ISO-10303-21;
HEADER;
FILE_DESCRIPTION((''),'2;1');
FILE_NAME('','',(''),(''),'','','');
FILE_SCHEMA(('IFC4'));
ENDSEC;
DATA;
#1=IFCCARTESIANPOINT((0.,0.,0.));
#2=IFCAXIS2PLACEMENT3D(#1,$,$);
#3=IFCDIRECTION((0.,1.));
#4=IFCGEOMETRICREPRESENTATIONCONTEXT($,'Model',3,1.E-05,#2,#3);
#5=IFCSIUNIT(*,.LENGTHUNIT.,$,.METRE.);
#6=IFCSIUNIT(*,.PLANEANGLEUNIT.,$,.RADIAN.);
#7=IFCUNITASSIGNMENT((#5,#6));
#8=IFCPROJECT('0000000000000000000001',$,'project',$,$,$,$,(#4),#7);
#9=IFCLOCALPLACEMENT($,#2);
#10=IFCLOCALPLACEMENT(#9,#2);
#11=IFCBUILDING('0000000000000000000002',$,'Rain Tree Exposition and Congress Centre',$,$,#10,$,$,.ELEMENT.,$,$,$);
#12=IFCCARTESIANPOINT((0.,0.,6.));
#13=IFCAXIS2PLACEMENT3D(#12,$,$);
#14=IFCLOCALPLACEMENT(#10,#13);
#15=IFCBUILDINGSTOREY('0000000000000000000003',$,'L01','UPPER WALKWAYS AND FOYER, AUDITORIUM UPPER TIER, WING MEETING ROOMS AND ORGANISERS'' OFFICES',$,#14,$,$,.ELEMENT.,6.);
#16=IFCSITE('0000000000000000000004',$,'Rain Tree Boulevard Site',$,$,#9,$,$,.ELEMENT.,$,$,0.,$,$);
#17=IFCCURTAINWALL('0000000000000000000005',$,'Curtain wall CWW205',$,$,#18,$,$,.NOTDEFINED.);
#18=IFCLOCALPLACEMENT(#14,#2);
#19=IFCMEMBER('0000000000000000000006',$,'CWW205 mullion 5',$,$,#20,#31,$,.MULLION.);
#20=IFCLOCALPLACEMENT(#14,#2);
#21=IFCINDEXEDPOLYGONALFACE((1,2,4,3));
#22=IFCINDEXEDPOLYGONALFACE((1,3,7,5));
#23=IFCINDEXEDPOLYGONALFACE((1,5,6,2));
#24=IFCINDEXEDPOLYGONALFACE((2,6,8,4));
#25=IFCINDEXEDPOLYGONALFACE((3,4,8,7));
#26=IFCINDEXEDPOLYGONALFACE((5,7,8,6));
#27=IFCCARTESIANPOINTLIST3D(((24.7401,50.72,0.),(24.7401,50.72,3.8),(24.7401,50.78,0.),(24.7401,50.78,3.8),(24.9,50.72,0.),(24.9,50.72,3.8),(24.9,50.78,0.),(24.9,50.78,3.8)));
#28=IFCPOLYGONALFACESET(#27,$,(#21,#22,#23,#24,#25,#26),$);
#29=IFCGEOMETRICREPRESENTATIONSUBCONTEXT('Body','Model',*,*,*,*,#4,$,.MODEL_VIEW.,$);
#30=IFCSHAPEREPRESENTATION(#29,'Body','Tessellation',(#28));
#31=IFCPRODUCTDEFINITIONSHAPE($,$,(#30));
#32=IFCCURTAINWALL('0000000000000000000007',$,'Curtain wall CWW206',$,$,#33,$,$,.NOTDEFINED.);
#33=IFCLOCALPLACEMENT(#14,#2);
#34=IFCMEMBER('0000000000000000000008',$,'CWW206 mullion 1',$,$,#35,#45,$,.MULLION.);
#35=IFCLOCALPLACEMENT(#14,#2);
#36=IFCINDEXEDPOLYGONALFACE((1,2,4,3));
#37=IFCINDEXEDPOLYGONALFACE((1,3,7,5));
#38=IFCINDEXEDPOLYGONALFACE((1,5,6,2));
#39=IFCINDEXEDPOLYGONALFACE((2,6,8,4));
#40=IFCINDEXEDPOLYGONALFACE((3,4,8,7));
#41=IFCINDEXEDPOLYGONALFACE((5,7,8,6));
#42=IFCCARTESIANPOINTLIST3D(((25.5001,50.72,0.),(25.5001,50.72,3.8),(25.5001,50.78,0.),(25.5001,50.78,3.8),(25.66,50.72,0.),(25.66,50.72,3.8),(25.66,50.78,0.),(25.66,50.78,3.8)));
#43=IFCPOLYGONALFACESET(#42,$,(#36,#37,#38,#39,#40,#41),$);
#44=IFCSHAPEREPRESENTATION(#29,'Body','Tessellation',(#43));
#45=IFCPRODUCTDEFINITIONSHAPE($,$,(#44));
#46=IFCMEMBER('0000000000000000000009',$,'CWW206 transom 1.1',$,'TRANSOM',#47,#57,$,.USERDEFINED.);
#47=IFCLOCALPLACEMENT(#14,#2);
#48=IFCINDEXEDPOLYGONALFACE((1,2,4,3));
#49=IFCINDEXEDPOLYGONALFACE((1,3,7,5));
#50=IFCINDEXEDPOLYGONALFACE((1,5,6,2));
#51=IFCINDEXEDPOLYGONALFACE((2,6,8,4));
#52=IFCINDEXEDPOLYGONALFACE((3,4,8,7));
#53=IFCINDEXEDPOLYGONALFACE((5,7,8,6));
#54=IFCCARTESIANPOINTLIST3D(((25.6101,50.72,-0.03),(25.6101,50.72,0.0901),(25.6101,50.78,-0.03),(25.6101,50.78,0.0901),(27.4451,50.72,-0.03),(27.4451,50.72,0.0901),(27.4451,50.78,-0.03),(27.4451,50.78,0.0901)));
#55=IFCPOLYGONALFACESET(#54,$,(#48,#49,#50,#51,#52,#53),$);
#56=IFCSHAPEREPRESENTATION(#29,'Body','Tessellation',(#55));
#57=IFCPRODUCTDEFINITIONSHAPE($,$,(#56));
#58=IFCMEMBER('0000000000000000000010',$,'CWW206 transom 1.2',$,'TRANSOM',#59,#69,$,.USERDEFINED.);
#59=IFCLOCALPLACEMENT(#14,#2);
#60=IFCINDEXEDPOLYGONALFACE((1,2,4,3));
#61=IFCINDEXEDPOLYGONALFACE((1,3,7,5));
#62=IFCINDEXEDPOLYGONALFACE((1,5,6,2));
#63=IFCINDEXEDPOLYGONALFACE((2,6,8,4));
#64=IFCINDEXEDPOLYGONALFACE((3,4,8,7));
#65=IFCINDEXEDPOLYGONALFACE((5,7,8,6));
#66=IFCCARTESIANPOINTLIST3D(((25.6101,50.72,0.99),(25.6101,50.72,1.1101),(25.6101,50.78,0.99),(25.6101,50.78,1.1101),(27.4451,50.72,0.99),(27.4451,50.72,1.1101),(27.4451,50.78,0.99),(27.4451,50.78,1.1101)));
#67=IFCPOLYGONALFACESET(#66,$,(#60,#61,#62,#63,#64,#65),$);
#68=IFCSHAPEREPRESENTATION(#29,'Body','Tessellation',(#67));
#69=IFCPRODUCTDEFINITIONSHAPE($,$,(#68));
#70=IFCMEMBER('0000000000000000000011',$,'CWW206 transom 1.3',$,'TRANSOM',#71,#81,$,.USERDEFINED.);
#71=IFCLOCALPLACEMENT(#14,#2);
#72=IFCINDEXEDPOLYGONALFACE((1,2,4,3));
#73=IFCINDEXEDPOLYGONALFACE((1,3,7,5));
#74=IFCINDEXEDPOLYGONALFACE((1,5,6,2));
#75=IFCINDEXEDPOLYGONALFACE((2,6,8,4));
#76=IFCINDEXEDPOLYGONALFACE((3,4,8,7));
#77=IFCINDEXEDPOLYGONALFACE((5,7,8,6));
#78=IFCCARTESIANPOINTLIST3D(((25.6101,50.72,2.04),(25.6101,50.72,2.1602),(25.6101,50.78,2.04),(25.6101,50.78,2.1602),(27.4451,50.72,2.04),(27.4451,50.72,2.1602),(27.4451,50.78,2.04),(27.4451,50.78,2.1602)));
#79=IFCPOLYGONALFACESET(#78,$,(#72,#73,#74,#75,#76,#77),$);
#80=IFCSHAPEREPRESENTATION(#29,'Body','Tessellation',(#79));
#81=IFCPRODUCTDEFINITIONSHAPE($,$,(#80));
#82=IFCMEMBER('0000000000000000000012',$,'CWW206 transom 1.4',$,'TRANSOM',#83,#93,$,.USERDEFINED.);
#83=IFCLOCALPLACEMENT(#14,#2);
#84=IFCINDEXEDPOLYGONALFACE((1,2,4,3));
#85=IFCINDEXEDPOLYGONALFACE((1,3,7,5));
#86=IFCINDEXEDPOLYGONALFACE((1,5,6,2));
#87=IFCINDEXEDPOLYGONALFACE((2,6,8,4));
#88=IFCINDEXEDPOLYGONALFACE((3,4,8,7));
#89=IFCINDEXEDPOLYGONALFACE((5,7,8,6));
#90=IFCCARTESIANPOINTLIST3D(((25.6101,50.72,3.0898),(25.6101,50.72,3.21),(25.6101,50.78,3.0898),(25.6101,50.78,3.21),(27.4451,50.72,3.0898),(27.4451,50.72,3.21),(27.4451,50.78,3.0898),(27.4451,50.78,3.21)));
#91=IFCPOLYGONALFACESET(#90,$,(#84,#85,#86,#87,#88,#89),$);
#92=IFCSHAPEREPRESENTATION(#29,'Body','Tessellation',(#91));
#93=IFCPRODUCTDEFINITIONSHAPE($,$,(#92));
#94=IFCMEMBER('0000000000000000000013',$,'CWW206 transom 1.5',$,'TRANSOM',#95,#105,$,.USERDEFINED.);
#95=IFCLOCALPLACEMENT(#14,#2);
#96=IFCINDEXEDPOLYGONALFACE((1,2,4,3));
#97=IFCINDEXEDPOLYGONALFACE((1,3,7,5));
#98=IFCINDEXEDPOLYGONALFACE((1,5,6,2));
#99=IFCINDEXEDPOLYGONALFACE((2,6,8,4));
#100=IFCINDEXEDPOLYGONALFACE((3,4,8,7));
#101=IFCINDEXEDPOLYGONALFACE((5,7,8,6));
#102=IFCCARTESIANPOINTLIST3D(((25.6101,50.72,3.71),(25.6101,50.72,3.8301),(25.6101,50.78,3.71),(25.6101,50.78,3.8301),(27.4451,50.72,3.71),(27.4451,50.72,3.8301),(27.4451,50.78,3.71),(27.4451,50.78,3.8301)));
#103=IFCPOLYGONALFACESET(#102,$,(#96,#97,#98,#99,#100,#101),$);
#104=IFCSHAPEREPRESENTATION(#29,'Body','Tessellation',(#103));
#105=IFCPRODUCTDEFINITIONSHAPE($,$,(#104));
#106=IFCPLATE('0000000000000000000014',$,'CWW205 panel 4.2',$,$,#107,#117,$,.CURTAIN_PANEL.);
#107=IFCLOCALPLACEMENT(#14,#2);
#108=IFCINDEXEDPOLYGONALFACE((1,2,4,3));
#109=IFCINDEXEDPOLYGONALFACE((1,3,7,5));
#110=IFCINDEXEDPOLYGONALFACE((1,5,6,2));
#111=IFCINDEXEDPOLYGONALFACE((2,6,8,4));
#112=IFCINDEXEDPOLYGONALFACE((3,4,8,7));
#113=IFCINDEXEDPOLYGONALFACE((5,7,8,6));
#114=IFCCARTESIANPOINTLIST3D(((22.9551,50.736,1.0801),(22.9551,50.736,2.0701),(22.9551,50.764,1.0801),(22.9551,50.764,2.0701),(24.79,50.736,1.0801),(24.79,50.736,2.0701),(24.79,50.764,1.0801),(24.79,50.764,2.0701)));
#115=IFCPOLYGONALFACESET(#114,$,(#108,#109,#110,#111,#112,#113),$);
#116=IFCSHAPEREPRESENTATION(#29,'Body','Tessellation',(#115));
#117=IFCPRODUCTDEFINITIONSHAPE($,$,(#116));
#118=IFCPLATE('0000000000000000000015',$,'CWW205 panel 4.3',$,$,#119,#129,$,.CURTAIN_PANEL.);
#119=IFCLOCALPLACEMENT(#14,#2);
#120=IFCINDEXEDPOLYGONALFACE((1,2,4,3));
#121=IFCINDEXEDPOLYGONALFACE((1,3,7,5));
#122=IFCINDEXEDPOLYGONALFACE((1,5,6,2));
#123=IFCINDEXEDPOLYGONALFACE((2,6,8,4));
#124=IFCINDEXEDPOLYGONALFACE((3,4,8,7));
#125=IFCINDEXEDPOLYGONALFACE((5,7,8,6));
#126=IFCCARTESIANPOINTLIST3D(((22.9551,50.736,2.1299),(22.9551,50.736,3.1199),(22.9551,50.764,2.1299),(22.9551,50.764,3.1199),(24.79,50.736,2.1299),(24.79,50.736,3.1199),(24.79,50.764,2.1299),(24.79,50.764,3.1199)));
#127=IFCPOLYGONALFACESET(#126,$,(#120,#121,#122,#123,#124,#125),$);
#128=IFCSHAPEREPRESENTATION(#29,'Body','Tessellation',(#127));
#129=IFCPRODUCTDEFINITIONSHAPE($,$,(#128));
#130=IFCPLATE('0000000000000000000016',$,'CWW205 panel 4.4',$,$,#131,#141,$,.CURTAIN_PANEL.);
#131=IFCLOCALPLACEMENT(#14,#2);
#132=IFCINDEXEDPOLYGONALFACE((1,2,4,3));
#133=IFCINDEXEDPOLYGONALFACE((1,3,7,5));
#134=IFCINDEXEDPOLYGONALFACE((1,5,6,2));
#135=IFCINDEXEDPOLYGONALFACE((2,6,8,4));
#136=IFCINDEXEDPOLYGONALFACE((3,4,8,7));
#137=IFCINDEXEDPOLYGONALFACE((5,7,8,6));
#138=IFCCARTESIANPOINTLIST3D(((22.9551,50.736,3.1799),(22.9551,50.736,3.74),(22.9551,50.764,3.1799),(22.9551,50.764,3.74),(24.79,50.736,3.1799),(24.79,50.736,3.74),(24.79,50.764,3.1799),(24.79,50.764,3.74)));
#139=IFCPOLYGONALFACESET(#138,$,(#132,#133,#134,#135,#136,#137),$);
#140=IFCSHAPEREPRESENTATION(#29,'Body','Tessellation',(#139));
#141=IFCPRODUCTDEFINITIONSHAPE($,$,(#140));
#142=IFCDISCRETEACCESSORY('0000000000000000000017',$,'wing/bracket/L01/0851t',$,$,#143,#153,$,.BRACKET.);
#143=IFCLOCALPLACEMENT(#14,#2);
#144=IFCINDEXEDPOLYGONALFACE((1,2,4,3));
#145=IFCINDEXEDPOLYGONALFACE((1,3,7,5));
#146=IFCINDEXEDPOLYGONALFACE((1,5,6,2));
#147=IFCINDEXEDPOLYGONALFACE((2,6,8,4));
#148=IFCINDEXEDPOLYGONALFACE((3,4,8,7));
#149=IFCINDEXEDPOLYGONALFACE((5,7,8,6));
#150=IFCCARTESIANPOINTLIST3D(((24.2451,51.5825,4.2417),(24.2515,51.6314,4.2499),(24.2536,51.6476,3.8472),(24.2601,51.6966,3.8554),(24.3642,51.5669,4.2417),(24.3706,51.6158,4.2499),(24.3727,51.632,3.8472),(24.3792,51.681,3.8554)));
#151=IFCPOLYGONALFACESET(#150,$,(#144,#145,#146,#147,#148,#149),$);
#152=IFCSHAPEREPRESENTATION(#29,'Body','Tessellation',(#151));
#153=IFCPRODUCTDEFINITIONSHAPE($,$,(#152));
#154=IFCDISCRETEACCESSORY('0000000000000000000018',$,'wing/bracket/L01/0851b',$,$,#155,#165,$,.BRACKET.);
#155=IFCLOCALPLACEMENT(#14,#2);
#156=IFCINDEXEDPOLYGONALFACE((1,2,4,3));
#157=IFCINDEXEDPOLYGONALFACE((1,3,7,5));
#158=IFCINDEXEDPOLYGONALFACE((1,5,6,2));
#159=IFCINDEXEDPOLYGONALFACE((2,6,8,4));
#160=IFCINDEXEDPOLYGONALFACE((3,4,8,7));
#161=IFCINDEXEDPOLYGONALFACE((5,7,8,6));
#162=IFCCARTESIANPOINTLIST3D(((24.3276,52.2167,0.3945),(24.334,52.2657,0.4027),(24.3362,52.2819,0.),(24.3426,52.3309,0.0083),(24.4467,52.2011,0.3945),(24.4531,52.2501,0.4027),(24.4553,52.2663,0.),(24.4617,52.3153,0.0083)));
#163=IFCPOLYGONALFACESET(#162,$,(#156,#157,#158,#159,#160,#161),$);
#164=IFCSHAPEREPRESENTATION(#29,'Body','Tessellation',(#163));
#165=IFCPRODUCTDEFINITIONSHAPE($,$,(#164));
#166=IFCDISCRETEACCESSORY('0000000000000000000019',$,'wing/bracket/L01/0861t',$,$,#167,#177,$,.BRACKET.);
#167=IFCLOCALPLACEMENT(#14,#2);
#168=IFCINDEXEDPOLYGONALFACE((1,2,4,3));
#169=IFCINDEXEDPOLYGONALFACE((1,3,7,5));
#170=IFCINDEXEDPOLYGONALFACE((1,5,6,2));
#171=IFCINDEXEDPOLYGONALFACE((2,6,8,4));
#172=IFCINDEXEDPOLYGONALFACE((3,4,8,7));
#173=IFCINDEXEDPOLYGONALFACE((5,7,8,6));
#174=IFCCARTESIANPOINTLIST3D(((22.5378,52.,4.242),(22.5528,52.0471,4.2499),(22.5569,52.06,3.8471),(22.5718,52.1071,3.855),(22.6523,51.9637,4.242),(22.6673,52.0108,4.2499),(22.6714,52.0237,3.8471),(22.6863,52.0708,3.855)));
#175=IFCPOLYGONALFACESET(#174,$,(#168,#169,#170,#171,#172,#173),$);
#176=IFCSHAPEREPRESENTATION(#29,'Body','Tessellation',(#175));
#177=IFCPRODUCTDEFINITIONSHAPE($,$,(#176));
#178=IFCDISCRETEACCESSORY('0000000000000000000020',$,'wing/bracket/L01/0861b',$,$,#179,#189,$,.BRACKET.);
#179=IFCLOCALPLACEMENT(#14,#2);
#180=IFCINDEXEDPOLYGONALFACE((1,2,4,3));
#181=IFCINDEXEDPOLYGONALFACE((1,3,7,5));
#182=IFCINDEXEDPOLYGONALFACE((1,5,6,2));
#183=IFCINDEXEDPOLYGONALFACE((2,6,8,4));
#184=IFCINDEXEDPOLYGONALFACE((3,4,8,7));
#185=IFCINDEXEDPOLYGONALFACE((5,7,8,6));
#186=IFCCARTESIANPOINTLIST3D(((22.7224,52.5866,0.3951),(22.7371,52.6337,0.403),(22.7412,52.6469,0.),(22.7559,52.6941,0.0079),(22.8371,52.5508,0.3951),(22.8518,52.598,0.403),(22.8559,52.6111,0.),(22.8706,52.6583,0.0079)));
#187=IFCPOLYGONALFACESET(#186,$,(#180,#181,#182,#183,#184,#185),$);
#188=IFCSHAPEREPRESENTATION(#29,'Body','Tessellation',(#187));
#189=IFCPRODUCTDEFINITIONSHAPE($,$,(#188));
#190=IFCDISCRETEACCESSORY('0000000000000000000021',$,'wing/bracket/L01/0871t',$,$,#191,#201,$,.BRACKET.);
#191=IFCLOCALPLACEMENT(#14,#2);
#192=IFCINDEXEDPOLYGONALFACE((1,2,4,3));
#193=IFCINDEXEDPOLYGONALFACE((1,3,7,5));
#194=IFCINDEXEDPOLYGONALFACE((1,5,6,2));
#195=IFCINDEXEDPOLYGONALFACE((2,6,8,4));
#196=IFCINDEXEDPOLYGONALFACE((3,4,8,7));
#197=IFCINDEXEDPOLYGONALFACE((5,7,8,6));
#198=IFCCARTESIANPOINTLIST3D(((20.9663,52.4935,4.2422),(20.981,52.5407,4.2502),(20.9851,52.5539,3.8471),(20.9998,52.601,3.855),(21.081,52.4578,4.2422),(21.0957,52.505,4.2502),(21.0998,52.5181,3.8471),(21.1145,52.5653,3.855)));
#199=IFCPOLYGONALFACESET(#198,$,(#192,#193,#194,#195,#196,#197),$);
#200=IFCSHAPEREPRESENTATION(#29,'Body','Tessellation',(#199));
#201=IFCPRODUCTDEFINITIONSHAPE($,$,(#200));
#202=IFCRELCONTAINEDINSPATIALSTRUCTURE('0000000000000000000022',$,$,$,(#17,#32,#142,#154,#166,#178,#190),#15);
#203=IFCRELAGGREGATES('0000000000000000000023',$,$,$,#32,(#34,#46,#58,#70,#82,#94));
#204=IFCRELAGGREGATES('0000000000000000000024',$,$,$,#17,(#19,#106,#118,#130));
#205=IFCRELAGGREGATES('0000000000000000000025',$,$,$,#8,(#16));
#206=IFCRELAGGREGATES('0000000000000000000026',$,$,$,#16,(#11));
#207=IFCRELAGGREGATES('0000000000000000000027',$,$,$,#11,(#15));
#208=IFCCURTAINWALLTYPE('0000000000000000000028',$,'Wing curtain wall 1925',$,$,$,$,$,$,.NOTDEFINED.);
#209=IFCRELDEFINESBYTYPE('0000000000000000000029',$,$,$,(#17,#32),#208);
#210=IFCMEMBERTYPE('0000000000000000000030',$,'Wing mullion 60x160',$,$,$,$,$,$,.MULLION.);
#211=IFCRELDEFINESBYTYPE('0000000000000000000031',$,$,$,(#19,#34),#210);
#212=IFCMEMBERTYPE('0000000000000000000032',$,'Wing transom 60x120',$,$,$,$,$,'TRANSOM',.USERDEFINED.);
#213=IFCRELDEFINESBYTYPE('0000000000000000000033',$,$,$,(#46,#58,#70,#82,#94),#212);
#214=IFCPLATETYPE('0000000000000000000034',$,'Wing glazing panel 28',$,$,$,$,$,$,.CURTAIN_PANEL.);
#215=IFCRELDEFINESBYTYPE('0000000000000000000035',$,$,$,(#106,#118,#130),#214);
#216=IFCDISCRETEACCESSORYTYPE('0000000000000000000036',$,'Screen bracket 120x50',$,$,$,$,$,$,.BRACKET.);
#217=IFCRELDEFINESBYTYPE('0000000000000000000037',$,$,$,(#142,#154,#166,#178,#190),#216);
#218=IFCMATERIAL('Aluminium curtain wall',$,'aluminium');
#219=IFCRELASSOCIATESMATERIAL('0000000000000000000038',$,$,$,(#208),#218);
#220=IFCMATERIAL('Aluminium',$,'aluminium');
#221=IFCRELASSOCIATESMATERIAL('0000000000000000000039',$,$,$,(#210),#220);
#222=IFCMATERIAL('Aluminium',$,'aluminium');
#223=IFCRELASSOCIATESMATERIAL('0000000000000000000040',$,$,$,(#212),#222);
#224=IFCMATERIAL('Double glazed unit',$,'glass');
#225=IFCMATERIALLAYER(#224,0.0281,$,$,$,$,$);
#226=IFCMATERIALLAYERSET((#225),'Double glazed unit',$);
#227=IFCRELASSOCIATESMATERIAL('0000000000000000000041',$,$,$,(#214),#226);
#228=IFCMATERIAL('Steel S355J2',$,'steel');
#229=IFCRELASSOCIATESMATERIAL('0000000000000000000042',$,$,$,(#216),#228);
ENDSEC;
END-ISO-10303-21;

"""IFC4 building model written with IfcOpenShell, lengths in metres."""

from ifc_helpers import new_model, si_unit, direction, frame, origin, origin_2d, place, context, subcontext, project, spatial, rectangle, extrude, material, layer, layer_set, material_profile, profile_set, type_object, element, aggregate, save


model = new_model("IFC4")

# Units and contexts
model_context = context("Model", 3, precision=1e-05, world=origin(), true_north=direction((0.0, 1.0)))
body_context = subcontext(model_context, "Body", "Model", "MODEL_VIEW")
ifc_project = project(units=[si_unit("LENGTHUNIT", "METRE"), si_unit("PLANEANGLEUNIT", "RADIAN")], contexts=[model_context])

# Site, building, storey
site_placement = place(None, origin())
site = spatial("IfcSite", under=ifc_project, at=site_placement, Name="Rain Tree Boulevard Site", CompositionType="ELEMENT", RefElevation=0.0)
building_placement = place(site_placement, origin())
building = spatial("IfcBuilding", under=site, at=building_placement, Name="Rain Tree Exposition and Congress Centre", CompositionType="ELEMENT")
storey_placement = place(building_placement, frame((0.0, 0.0, 6.0)))
storey = spatial("IfcBuildingStorey", under=building, at=storey_placement, Name="L01", Description="UPPER WALKWAYS AND FOYER, AUDITORIUM UPPER TIER, WING MEETING ROOMS AND ORGANISERS' OFFICES", CompositionType="ELEMENT", Elevation=6.0)

# Curtain wall, member
ifc_material_1 = material(Name="Aluminium curtain wall", Category="aluminium")
curtain_wall_type = type_object("IfcCurtainWallType", Name="Wing curtain wall 1925", PredefinedType="NOTDEFINED", material=ifc_material_1)
curtain_wall_1_placement = place(storey_placement, origin())
curtain_wall_1 = element("IfcCurtainWall", 1, at=curtain_wall_1_placement, inside=storey, type_object=curtain_wall_type, Name="Curtain wall CWW205", PredefinedType="NOTDEFINED")
ifc_material_2 = material(Name="Aluminium", Category="aluminium")
ifc_material_profile_1 = material_profile(ifc_material_2, rectangle(XDim=0.0601, YDim=0.1599, at=origin_2d()), Name="Aluminium 60x160")
ifc_profile_set_1 = profile_set([ifc_material_profile_1], Name="Aluminium")
member_type_1 = type_object("IfcMemberType", Name="Wing mullion 60x160", PredefinedType="MULLION", material=ifc_profile_set_1)
member_1_placement = place(storey_placement, frame((24.8201, 50.75, 0.0), z_axis=(0.0, 0.0, 1.0), x_axis=(0.0, 1.0, 0.0)))
member_1 = element("IfcMember", 2, at=member_1_placement, type_object=member_type_1, Name="CWW205 mullion 5", PredefinedType="MULLION", context=body_context, shape_type="SweptSolid", body=[
    extrude(rectangle(XDim=0.0601, YDim=0.1599, at=origin_2d()), origin(), (0.0, 0.0, 1.0), 3.8),
])

# Curtain wall, members
curtain_wall_2_placement = place(storey_placement, origin())
curtain_wall_2 = element("IfcCurtainWall", 3, at=curtain_wall_2_placement, inside=storey, type_object=curtain_wall_type, Name="Curtain wall CWW206", PredefinedType="NOTDEFINED")
member_2_placement = place(storey_placement, frame((25.5801, 50.75, 0.0), z_axis=(0.0, 0.0, 1.0), x_axis=(0.0, 1.0, 0.0)))
member_2 = element("IfcMember", 4, at=member_2_placement, type_object=member_type_1, Name="CWW206 mullion 1", PredefinedType="MULLION", context=body_context, shape_type="SweptSolid", body=[
    extrude(rectangle(XDim=0.0601, YDim=0.1599, at=origin_2d()), origin(), (0.0, 0.0, 1.0), 3.8),
])
ifc_material_3 = material(Name="Aluminium", Category="aluminium")
ifc_material_profile_2 = material_profile(ifc_material_3, rectangle(XDim=0.0601, YDim=0.1201, at=origin_2d()), Name="Aluminium 60x120")
ifc_profile_set_2 = profile_set([ifc_material_profile_2], Name="Aluminium")
member_type_2 = type_object("IfcMemberType", Name="Wing transom 60x120", ElementType="TRANSOM", PredefinedType="USERDEFINED", material=ifc_profile_set_2)
member_3_placement = place(storey_placement, frame((25.6101, 50.75, 0.03), z_axis=(1.0, 0.0, 0.0), x_axis=(0.0, 1.0, 0.0)))
member_3 = element("IfcMember", 5, at=member_3_placement, type_object=member_type_2, Name="CWW206 transom 1.1", ObjectType="TRANSOM", PredefinedType="USERDEFINED", context=body_context, shape_type="SweptSolid", body=[
    extrude(rectangle(XDim=0.0601, YDim=0.1201, at=origin_2d()), origin(), (0.0, 0.0, 1.0), 1.835),
])
member_4_placement = place(storey_placement, frame((25.6101, 50.75, 1.05), z_axis=(1.0, 0.0, 0.0), x_axis=(0.0, 1.0, 0.0)))
member_4 = element("IfcMember", 6, at=member_4_placement, type_object=member_type_2, Name="CWW206 transom 1.2", ObjectType="TRANSOM", PredefinedType="USERDEFINED", context=body_context, shape_type="SweptSolid", body=[
    extrude(rectangle(XDim=0.0601, YDim=0.1201, at=origin_2d()), origin(), (0.0, 0.0, 1.0), 1.835),
])
member_5_placement = place(storey_placement, frame((25.6101, 50.75, 2.1001), z_axis=(1.0, 0.0, 0.0), x_axis=(0.0, 1.0, 0.0)))
member_5 = element("IfcMember", 7, at=member_5_placement, type_object=member_type_2, Name="CWW206 transom 1.3", ObjectType="TRANSOM", PredefinedType="USERDEFINED", context=body_context, shape_type="SweptSolid", body=[
    extrude(rectangle(XDim=0.0601, YDim=0.1201, at=origin_2d()), origin(), (0.0, 0.0, 1.0), 1.835),
])
member_6_placement = place(storey_placement, frame((25.6101, 50.75, 3.1499), z_axis=(1.0, 0.0, 0.0), x_axis=(0.0, 1.0, 0.0)))
member_6 = element("IfcMember", 8, at=member_6_placement, type_object=member_type_2, Name="CWW206 transom 1.4", ObjectType="TRANSOM", PredefinedType="USERDEFINED", context=body_context, shape_type="SweptSolid", body=[
    extrude(rectangle(XDim=0.0601, YDim=0.1201, at=origin_2d()), origin(), (0.0, 0.0, 1.0), 1.835),
])
member_7_placement = place(storey_placement, frame((25.6101, 50.75, 3.77), z_axis=(1.0, 0.0, 0.0), x_axis=(0.0, 1.0, 0.0)))
member_7 = element("IfcMember", 9, at=member_7_placement, type_object=member_type_2, Name="CWW206 transom 1.5", ObjectType="TRANSOM", PredefinedType="USERDEFINED", context=body_context, shape_type="SweptSolid", body=[
    extrude(rectangle(XDim=0.0601, YDim=0.1201, at=origin_2d()), origin(), (0.0, 0.0, 1.0), 1.835),
])
aggregate(curtain_wall_2, [member_2, member_3, member_4, member_5, member_6, member_7])

# Plates
ifc_material_4 = material(Name="Double glazed unit", Category="glass")
ifc_layer_1 = layer(ifc_material_4, 0.0281)
ifc_layer_set_1 = layer_set([ifc_layer_1], Name="Double glazed unit")
plate_type = type_object("IfcPlateType", Name="Wing glazing panel 28", PredefinedType="CURTAIN_PANEL", material=ifc_layer_set_1)
plate_1_placement = place(storey_placement, frame((23.8726, 50.75, 1.0801), z_axis=(0.0, 0.0, 1.0), x_axis=(1.0, 0.0, 0.0)))
plate_1 = element("IfcPlate", 10, at=plate_1_placement, type_object=plate_type, Name="CWW205 panel 4.2", PredefinedType="CURTAIN_PANEL", context=body_context, shape_type="SweptSolid", body=[
    extrude(rectangle(XDim=1.835, YDim=0.0281, at=origin_2d()), origin(), (0.0, 0.0, 1.0), 0.99),
])
plate_2_placement = place(storey_placement, frame((23.8726, 50.75, 2.1299), z_axis=(0.0, 0.0, 1.0), x_axis=(1.0, 0.0, 0.0)))
plate_2 = element("IfcPlate", 11, at=plate_2_placement, type_object=plate_type, Name="CWW205 panel 4.3", PredefinedType="CURTAIN_PANEL", context=body_context, shape_type="SweptSolid", body=[
    extrude(rectangle(XDim=1.835, YDim=0.0281, at=origin_2d()), origin(), (0.0, 0.0, 1.0), 0.99),
])
plate_3_placement = place(storey_placement, frame((23.8726, 50.75, 3.1799), z_axis=(0.0, 0.0, 1.0), x_axis=(1.0, 0.0, 0.0)))
plate_3 = element("IfcPlate", 12, at=plate_3_placement, type_object=plate_type, Name="CWW205 panel 4.4", PredefinedType="CURTAIN_PANEL", context=body_context, shape_type="SweptSolid", body=[
    extrude(rectangle(XDim=1.835, YDim=0.0281, at=origin_2d()), origin(), (0.0, 0.0, 1.0), 0.5601),
])
aggregate(curtain_wall_1, [member_1, plate_1, plate_2, plate_3])

# Discrete accessories
ifc_material_5 = material(Name="Steel S355J2", Category="steel")
ifc_material_profile_3 = material_profile(ifc_material_5, rectangle(XDim=0.1201, YDim=0.05, at=origin_2d()), Name="Flat bar 120x50")
ifc_profile_set_3 = profile_set([ifc_material_profile_3], Name="Steel S355J2")
discrete_accessory_type = type_object("IfcDiscreteAccessoryType", Name="Screen bracket 120x50", PredefinedType="BRACKET", material=ifc_profile_set_3)
for number, where, z_axis, x_axis, name in (
    (13, (24.3164, 51.6643, 3.8513), (-0.021364, -0.162976, 0.986399), (0.991517, -0.129974, 0.0), "wing/bracket/L01/0851t"),
    (14, (24.3989, 52.2986, 0.0042), (-0.021364, -0.162976, 0.986399), (0.991517, -0.129974, 0.0), "wing/bracket/L01/0851b"),
    (15, (22.6216, 52.0654, 3.8511), (-0.047606, -0.150142, 0.987518), (0.953231, -0.302244, 0.0), "wing/bracket/L01/0861t"),
):
    element("IfcDiscreteAccessory", number, at=place(storey_placement, frame(where, z_axis=z_axis, x_axis=x_axis)), inside=storey, type_object=discrete_accessory_type, Name=name, PredefinedType="BRACKET", context=body_context, shape_type="SweptSolid", body=[
        extrude(rectangle(XDim=0.1201, YDim=0.05, at=origin_2d()), origin(), (0.0, 0.0, 1.0), 0.3999),
    ])
for number, where, z_axis, x_axis, name in (
    (16, (22.8059, 52.6526, 0.0039), (-0.046993, -0.150743, 0.987456), (0.954686, -0.297615, 0.0), "wing/bracket/L01/0861b"),
    (17, (21.0498, 52.5596, 3.8511), (-0.046993, -0.150743, 0.987456), (0.954686, -0.297615, 0.0), "wing/bracket/L01/0871t"),
):
    element("IfcDiscreteAccessory", number, at=place(storey_placement, frame(where, z_axis=z_axis, x_axis=x_axis)), inside=storey, type_object=discrete_accessory_type, Name=name, PredefinedType="BRACKET", context=body_context, shape_type="SweptSolid", body=[
        extrude(rectangle(XDim=0.1201, YDim=0.05, at=origin_2d()), origin(), (0.0, 0.0, 1.0), 0.4001),
    ])

save(model, "model.ifc")
